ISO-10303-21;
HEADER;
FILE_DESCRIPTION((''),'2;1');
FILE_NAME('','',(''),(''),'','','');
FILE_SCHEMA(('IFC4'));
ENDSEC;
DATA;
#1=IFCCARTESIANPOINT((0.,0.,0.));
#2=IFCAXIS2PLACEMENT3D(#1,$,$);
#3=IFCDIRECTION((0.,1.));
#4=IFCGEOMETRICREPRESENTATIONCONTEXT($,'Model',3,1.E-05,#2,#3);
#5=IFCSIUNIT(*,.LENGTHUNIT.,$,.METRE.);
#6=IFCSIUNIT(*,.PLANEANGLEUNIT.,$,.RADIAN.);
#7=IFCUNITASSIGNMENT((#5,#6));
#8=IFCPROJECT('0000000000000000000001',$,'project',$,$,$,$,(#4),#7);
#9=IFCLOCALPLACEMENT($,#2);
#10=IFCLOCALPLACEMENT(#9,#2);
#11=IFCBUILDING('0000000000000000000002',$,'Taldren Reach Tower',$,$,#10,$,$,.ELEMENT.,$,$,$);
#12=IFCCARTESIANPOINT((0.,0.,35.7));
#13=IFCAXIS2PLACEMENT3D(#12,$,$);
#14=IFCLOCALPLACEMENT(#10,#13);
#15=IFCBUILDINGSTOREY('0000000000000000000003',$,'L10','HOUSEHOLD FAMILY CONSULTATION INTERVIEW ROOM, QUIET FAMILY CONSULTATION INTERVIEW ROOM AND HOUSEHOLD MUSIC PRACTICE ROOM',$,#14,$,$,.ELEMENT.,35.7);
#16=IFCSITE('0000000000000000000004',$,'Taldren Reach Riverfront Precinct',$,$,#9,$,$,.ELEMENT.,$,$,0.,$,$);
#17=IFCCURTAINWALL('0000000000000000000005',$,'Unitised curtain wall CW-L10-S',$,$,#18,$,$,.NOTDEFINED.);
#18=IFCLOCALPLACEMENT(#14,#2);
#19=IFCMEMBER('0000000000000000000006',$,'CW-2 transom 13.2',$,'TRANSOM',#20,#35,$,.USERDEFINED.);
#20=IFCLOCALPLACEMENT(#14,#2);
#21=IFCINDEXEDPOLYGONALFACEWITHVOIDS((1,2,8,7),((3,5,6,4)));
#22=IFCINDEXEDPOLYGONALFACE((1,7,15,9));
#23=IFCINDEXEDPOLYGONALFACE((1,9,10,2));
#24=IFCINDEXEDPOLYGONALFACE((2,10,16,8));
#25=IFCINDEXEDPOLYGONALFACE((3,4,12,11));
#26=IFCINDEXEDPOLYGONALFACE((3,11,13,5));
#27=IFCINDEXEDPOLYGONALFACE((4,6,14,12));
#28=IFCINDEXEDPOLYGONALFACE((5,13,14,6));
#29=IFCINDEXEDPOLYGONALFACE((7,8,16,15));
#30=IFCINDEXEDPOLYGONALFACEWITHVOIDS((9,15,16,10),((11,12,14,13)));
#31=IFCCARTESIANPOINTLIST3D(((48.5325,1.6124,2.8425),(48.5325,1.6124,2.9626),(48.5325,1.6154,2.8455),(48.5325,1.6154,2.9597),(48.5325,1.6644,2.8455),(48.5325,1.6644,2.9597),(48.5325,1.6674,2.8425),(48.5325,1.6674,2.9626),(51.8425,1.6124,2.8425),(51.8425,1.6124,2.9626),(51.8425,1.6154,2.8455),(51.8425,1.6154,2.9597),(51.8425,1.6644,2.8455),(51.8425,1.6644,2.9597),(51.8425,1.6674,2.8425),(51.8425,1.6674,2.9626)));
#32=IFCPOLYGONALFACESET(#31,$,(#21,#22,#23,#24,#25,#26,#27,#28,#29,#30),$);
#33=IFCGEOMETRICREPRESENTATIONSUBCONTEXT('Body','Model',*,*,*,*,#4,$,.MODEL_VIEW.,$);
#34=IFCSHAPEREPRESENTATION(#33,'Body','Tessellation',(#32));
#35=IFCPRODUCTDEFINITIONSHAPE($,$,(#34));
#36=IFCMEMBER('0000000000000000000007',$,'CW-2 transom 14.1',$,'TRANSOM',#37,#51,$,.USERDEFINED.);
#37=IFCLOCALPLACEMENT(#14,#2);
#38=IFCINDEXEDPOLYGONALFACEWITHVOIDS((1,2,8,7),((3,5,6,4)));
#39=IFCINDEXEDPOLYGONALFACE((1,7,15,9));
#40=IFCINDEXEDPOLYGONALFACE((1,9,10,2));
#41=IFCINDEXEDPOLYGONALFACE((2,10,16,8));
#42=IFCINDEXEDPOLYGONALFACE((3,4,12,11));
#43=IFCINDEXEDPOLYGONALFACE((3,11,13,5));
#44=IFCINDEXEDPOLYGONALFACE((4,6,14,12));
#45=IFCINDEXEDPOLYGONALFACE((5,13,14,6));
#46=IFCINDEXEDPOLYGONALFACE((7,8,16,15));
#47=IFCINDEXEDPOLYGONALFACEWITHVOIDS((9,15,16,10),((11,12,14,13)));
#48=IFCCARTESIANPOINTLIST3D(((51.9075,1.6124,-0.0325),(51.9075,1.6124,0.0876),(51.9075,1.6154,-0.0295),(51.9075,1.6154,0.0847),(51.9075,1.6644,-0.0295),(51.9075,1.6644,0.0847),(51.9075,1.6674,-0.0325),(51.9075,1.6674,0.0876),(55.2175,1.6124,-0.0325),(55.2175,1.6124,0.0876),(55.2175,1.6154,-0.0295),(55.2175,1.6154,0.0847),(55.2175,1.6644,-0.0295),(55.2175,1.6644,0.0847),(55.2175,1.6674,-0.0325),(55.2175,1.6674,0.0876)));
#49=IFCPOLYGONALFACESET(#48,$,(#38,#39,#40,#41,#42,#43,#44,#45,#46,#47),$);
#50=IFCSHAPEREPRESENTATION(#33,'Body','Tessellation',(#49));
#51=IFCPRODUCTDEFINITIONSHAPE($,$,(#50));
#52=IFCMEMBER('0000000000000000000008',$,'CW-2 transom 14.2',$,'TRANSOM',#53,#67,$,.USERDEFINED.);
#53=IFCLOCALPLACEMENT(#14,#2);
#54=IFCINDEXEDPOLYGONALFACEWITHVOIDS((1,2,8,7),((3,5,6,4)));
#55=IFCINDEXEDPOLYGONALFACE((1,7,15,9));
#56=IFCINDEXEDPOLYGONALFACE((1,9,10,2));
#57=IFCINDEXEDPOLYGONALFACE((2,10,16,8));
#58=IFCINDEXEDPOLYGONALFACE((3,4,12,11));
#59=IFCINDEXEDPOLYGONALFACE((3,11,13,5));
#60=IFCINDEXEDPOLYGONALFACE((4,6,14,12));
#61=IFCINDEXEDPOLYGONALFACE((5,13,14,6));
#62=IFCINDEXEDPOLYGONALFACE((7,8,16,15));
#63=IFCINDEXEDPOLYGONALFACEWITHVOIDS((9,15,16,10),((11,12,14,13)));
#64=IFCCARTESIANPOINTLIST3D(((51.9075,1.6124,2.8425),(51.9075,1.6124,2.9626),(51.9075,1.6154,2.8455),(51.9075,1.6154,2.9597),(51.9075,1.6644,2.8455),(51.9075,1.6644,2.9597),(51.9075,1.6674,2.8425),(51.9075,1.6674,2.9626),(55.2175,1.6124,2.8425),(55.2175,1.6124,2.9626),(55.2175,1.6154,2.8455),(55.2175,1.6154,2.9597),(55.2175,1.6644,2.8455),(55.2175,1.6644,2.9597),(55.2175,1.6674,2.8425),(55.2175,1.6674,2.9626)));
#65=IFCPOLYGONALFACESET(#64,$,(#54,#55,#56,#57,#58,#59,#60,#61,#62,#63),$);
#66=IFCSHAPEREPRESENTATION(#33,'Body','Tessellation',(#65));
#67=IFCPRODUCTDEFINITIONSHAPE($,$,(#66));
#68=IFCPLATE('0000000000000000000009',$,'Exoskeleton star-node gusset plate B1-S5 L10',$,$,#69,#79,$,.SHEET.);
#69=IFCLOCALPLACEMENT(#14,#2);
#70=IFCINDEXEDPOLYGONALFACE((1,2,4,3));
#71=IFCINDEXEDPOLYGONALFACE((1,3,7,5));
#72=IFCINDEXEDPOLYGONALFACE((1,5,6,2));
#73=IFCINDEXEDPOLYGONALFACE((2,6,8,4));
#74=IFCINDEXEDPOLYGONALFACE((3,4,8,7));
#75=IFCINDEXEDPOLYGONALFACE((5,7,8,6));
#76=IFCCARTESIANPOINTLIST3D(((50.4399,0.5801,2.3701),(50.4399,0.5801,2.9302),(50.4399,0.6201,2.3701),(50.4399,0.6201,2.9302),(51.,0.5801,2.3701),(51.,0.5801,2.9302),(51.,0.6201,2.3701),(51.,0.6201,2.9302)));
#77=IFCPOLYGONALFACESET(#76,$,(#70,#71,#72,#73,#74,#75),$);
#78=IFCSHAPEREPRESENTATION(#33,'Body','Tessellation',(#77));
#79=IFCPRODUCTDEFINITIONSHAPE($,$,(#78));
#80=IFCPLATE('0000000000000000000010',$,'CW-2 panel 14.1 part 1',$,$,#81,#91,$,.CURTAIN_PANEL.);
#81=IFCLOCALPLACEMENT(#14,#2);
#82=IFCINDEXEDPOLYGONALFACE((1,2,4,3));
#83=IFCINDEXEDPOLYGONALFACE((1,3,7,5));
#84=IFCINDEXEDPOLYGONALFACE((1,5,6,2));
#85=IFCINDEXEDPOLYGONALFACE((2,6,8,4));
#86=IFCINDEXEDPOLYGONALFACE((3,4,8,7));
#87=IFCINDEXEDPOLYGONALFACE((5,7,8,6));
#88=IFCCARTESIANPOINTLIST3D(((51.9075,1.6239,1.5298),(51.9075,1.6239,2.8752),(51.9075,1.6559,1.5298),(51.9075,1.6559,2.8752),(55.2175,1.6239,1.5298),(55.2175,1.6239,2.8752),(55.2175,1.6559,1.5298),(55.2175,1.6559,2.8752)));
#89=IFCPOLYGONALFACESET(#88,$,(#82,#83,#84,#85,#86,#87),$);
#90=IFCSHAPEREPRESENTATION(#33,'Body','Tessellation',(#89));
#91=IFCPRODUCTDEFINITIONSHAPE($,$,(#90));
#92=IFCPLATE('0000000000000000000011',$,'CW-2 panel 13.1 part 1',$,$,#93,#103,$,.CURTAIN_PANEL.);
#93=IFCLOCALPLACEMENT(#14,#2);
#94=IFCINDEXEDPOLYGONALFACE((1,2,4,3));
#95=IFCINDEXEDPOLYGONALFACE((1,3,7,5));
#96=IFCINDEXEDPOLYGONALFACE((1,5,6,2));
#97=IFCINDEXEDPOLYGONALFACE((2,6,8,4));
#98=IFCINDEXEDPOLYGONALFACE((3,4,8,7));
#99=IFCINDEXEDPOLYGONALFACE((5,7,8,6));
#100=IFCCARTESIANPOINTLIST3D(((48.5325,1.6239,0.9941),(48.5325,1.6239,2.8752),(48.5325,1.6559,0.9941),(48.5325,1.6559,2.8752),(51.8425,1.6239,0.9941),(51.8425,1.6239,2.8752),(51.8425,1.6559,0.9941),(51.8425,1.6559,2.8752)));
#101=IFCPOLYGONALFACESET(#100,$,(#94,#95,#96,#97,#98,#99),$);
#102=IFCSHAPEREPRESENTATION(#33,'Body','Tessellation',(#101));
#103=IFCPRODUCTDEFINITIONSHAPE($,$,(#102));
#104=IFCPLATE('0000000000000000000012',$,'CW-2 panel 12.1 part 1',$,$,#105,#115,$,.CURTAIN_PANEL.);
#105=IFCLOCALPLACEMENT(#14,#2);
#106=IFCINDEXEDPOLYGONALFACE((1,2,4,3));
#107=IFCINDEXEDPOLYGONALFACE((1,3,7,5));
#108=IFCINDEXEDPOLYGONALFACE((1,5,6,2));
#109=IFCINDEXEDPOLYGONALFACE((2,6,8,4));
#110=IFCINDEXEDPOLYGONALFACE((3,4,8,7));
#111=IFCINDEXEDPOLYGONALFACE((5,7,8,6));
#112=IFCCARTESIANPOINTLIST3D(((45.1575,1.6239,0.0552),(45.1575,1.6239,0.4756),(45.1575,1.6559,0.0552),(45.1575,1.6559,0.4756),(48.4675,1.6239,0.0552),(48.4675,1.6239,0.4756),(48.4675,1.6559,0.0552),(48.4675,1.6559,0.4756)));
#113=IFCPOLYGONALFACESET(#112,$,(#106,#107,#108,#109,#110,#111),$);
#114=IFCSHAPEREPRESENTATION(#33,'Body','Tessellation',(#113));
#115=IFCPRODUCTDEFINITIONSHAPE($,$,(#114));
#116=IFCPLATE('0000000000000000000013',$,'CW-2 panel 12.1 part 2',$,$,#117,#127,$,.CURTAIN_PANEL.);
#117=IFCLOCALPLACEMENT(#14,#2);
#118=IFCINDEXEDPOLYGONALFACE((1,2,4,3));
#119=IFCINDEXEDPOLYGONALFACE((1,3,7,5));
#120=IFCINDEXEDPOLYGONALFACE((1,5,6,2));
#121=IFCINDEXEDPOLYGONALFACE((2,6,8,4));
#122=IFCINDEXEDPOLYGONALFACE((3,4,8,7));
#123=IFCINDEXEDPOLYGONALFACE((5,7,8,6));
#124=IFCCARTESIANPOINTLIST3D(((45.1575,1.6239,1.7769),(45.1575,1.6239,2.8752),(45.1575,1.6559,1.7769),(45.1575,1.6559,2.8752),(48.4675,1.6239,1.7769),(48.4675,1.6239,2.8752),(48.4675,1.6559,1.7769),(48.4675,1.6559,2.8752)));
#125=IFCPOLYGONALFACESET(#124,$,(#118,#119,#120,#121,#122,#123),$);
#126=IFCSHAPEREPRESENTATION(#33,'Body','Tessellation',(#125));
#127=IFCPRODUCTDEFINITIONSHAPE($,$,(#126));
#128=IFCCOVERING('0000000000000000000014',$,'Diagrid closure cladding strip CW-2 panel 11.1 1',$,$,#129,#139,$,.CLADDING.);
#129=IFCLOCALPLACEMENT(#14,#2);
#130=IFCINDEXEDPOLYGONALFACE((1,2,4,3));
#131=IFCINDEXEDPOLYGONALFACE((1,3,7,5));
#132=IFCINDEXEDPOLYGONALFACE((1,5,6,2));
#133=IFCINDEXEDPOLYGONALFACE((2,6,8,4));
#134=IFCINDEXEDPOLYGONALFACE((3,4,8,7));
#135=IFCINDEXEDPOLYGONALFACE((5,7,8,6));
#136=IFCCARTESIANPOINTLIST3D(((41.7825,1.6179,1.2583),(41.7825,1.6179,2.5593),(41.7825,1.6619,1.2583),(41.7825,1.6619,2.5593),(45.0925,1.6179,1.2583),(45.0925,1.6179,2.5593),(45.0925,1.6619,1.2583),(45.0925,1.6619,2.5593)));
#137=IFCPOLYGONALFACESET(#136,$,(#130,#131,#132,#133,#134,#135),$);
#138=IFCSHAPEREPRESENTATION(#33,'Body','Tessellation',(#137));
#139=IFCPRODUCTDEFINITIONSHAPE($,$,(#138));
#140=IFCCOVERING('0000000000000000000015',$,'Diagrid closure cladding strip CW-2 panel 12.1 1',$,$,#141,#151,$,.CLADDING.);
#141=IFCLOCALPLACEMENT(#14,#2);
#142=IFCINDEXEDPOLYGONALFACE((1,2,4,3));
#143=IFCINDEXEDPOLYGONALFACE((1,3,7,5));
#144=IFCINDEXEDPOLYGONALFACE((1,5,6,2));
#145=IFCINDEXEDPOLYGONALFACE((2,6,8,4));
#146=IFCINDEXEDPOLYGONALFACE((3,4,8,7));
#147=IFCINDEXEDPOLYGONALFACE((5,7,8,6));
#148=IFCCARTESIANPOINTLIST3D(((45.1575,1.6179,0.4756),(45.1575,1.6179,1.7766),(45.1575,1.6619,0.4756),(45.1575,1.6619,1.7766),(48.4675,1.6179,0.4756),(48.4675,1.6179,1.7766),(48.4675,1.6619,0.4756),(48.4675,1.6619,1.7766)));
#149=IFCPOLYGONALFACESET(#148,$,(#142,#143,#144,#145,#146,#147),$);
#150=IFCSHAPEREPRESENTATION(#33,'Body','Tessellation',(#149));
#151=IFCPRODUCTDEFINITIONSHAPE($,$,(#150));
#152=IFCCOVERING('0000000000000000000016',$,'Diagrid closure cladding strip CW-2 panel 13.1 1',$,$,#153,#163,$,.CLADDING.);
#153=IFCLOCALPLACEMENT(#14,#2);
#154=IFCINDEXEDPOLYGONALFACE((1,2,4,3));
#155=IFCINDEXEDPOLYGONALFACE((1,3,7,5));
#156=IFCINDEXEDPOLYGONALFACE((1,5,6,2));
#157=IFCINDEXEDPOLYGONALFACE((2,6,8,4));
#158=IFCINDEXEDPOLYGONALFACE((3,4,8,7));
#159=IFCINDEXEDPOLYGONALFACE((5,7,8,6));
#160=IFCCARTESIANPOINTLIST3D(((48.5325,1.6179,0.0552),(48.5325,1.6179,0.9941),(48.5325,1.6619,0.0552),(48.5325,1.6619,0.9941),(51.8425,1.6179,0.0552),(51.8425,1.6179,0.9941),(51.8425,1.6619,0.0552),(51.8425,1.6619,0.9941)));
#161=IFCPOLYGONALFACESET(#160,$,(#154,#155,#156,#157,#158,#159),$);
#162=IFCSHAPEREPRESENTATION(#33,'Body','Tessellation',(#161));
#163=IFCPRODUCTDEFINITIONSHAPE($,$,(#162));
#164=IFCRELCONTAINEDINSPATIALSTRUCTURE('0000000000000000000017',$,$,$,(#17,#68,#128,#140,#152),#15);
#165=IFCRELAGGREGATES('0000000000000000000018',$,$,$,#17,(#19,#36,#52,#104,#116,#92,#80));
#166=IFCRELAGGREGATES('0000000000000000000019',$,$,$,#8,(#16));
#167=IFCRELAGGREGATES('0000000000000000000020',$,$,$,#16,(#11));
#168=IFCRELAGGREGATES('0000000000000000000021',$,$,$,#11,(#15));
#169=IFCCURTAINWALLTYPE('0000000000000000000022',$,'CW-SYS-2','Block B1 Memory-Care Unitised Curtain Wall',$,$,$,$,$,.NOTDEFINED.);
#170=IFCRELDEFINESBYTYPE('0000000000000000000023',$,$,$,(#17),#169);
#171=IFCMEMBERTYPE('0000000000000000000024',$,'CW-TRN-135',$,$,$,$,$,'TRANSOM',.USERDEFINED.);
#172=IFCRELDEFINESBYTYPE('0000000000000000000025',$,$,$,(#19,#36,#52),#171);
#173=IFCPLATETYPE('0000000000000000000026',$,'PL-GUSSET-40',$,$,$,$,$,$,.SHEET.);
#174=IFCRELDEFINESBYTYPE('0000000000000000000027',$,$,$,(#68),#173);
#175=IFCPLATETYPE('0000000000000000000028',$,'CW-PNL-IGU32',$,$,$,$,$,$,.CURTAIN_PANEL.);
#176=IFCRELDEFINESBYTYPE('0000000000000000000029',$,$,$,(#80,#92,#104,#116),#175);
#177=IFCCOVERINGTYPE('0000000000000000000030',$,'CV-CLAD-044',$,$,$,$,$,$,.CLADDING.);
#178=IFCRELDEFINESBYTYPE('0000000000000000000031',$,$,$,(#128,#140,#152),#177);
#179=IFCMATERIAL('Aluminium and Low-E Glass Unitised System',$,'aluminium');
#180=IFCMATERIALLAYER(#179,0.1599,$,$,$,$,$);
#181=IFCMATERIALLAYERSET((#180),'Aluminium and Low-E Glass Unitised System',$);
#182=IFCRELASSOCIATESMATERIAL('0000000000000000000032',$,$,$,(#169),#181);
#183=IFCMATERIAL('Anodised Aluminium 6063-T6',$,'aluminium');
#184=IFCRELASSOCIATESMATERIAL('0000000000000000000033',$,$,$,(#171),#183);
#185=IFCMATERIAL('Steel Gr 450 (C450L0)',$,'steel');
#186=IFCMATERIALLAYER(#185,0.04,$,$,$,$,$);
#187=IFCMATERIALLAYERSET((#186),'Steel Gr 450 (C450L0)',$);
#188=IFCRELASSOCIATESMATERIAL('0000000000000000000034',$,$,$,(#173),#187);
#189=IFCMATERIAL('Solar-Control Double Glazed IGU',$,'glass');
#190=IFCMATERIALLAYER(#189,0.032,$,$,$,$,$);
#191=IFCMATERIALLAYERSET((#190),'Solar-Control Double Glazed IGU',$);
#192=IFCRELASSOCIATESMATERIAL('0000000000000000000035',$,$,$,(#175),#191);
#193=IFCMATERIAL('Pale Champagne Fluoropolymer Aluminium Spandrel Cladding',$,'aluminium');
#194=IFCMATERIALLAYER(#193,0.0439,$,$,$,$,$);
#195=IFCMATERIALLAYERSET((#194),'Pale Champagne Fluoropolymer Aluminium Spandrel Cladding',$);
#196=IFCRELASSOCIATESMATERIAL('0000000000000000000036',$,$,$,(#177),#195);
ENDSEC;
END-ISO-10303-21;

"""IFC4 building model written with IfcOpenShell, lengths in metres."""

from ifc_helpers import new_model, si_unit, direction, frame, origin, origin_2d, place, context, subcontext, project, spatial, rectangle, hollow_rectangle, extrude, source, transform, mapped, material, layer, layer_set, material_profile, profile_set, type_object, element, aggregate, save


model = new_model("IFC4")

# Units and contexts
model_context = context("Model", 3, precision=1e-05, world=origin(), true_north=direction((0.0, 1.0)))
body_context = subcontext(model_context, "Body", "Model", "MODEL_VIEW")
ifc_project = project(units=[si_unit("LENGTHUNIT", "METRE"), si_unit("PLANEANGLEUNIT", "RADIAN")], contexts=[model_context])

# Site, building, storey
site_placement = place(None, origin())
site = spatial("IfcSite", under=ifc_project, at=site_placement, Name="Taldren Reach Riverfront Precinct", CompositionType="ELEMENT", RefElevation=0.0)
building_placement = place(site_placement, origin())
building = spatial("IfcBuilding", under=site, at=building_placement, Name="Taldren Reach Tower", CompositionType="ELEMENT")
storey_placement = place(building_placement, frame((0.0, 0.0, 35.7)))
storey = spatial("IfcBuildingStorey", under=building, at=storey_placement, Name="L10", Description="HOUSEHOLD FAMILY CONSULTATION INTERVIEW ROOM, QUIET FAMILY CONSULTATION INTERVIEW ROOM AND HOUSEHOLD MUSIC PRACTICE ROOM", CompositionType="ELEMENT", Elevation=35.7)

# Shared definitions
ifc_material_1 = material(Name="Steel Gr 450 (C450L0)", Category="steel")

# Curtain wall, members
ifc_material_2 = material(Name="Aluminium and Low-E Glass Unitised System", Category="aluminium")
ifc_layer_1 = layer(ifc_material_2, 0.1599)
ifc_layer_set_1 = layer_set([ifc_layer_1], Name="Aluminium and Low-E Glass Unitised System")
curtain_wall_type = type_object("IfcCurtainWallType", Name="CW-SYS-2", Description="Block B1 Memory-Care Unitised Curtain Wall", PredefinedType="NOTDEFINED", material=ifc_layer_set_1)
curtain_wall_placement = place(storey_placement, origin())
curtain_wall = element("IfcCurtainWall", 1, at=curtain_wall_placement, inside=storey, type_object=curtain_wall_type, Name="Unitised curtain wall CW-L10-S", PredefinedType="NOTDEFINED")
ifc_material_3 = material(Name="Anodised Aluminium 6063-T6", Category="aluminium")
ifc_material_profile_1 = material_profile(ifc_material_3, hollow_rectangle(XDim=0.0549, YDim=0.1201, WallThickness=0.0029, at=origin_2d()), Name="ALU-120x55x3RHS")
ifc_profile_set_1 = profile_set([ifc_material_profile_1], Name="Anodised Aluminium 6063-T6")
member_type_1 = type_object("IfcMemberType", Name="CW-TRN-135", ElementType="TRANSOM", PredefinedType="USERDEFINED", material=ifc_profile_set_1)
shared_shape_1 = source(origin(), body_context, "Body", "SweptSolid", [
    extrude(hollow_rectangle(XDim=0.0549, YDim=0.1201, WallThickness=0.0029, at=origin_2d()), origin(), (0.0, 0.0, 1.0), 3.3101),
])
member_1_placement = place(storey_placement, frame((48.5325, 1.6399, 2.9026), z_axis=(1.0, 0.0, 0.0), x_axis=(0.0, 1.0, 0.0)))
member_1 = element("IfcMember", 2, at=member_1_placement, type_object=member_type_1, Name="CW-2 transom 13.2", ObjectType="TRANSOM", PredefinedType="USERDEFINED", context=body_context, shape_type="MappedRepresentation", body=[
    mapped(shared_shape_1, transform((0.0, 0.0, 0.0), scale=1.0)),
])
member_2_placement = place(storey_placement, frame((51.9075, 1.6399, 0.0276), z_axis=(1.0, 0.0, 0.0), x_axis=(0.0, 1.0, 0.0)))
member_2 = element("IfcMember", 3, at=member_2_placement, type_object=member_type_1, Name="CW-2 transom 14.1", ObjectType="TRANSOM", PredefinedType="USERDEFINED", context=body_context, shape_type="MappedRepresentation", body=[
    mapped(shared_shape_1, transform((0.0, 0.0, 0.0), scale=1.0)),
])
member_3_placement = place(storey_placement, frame((51.9075, 1.6399, 2.9026), z_axis=(1.0, 0.0, 0.0), x_axis=(0.0, 1.0, 0.0)))
member_3 = element("IfcMember", 4, at=member_3_placement, type_object=member_type_1, Name="CW-2 transom 14.2", ObjectType="TRANSOM", PredefinedType="USERDEFINED", context=body_context, shape_type="MappedRepresentation", body=[
    mapped(shared_shape_1, transform((0.0, 0.0, 0.0), scale=1.0)),
])

# Plates
ifc_layer_2 = layer(ifc_material_1, 0.04)
ifc_layer_set_2 = layer_set([ifc_layer_2], Name="Steel Gr 450 (C450L0)")
plate_type_1 = type_object("IfcPlateType", Name="PL-GUSSET-40", PredefinedType="SHEET", material=ifc_layer_set_2)
shared_shape_2 = source(origin(), body_context, "Body", "SweptSolid", [
    extrude(rectangle(XDim=0.5601, YDim=0.04, at=origin_2d()), origin(), (0.0, 0.0, 1.0), 0.5601),
])
plate_1_placement = place(storey_placement, frame((50.72, 0.6001, 2.3701), z_axis=(0.0, 0.0, 1.0), x_axis=(1.0, 0.0, 0.0)))
element("IfcPlate", 5, at=plate_1_placement, inside=storey, type_object=plate_type_1, Name="Exoskeleton star-node gusset plate B1-S5 L10", PredefinedType="SHEET", context=body_context, shape_type="MappedRepresentation", body=[
    mapped(shared_shape_2, transform((0.0, 0.0, 0.0), scale=1.0)),
])
ifc_material_4 = material(Name="Solar-Control Double Glazed IGU", Category="glass")
ifc_layer_3 = layer(ifc_material_4, 0.032)
ifc_layer_set_3 = layer_set([ifc_layer_3], Name="Solar-Control Double Glazed IGU")
plate_type_2 = type_object("IfcPlateType", Name="CW-PNL-IGU32", PredefinedType="CURTAIN_PANEL", material=ifc_layer_set_3)
shared_shape_3 = source(origin(), body_context, "Body", "SweptSolid", [
    extrude(rectangle(XDim=3.3101, YDim=0.032, at=origin_2d()), origin(), (0.0, 0.0, 1.0), 1.3455),
])
plate_2_placement = place(storey_placement, frame((53.5625, 1.6399, 1.5298), z_axis=(0.0, 0.0, 1.0), x_axis=(1.0, 0.0, 0.0)))
plate_2 = element("IfcPlate", 6, at=plate_2_placement, type_object=plate_type_2, Name="CW-2 panel 14.1 part 1", PredefinedType="CURTAIN_PANEL", context=body_context, shape_type="MappedRepresentation", body=[
    mapped(shared_shape_3, transform((0.0, 0.0, 0.0), scale=1.0)),
])
shared_shape_4 = source(origin(), body_context, "Body", "SweptSolid", [
    extrude(rectangle(XDim=3.3101, YDim=0.032, at=origin_2d()), origin(), (0.0, 0.0, 1.0), 1.8811),
])
plate_3_placement = place(storey_placement, frame((50.1875, 1.6399, 0.9941), z_axis=(0.0, 0.0, 1.0), x_axis=(1.0, 0.0, 0.0)))
plate_3 = element("IfcPlate", 7, at=plate_3_placement, type_object=plate_type_2, Name="CW-2 panel 13.1 part 1", PredefinedType="CURTAIN_PANEL", context=body_context, shape_type="MappedRepresentation", body=[
    mapped(shared_shape_4, transform((0.0, 0.0, 0.0), scale=1.0)),
])
shared_shape_5 = source(origin(), body_context, "Body", "SweptSolid", [
    extrude(rectangle(XDim=3.3101, YDim=0.032, at=origin_2d()), origin(), (0.0, 0.0, 1.0), 0.4204),
])
plate_4_placement = place(storey_placement, frame((46.8125, 1.6399, 0.0552), z_axis=(0.0, 0.0, 1.0), x_axis=(1.0, 0.0, 0.0)))
plate_4 = element("IfcPlate", 8, at=plate_4_placement, type_object=plate_type_2, Name="CW-2 panel 12.1 part 1", PredefinedType="CURTAIN_PANEL", context=body_context, shape_type="MappedRepresentation", body=[
    mapped(shared_shape_5, transform((0.0, 0.0, 0.0), scale=1.0)),
])
shared_shape_6 = source(origin(), body_context, "Body", "SweptSolid", [
    extrude(rectangle(XDim=3.3101, YDim=0.032, at=origin_2d()), origin(), (0.0, 0.0, 1.0), 1.0984),
])
plate_5_placement = place(storey_placement, frame((46.8125, 1.6399, 1.7769), z_axis=(0.0, 0.0, 1.0), x_axis=(1.0, 0.0, 0.0)))
plate_5 = element("IfcPlate", 9, at=plate_5_placement, type_object=plate_type_2, Name="CW-2 panel 12.1 part 2", PredefinedType="CURTAIN_PANEL", context=body_context, shape_type="MappedRepresentation", body=[
    mapped(shared_shape_6, transform((0.0, 0.0, 0.0), scale=1.0)),
])
aggregate(curtain_wall, [member_1, member_2, member_3, plate_4, plate_5, plate_3, plate_2])

# Coverings
ifc_material_5 = material(Name="Pale Champagne Fluoropolymer Aluminium Spandrel Cladding", Category="aluminium")
ifc_layer_4 = layer(ifc_material_5, 0.0439)
ifc_layer_set_4 = layer_set([ifc_layer_4], Name="Pale Champagne Fluoropolymer Aluminium Spandrel Cladding")
covering_type = type_object("IfcCoveringType", Name="CV-CLAD-044", PredefinedType="CLADDING", material=ifc_layer_set_4)
shared_shape_7 = source(origin(), body_context, "Body", "SweptSolid", [
    extrude(rectangle(XDim=3.3101, YDim=0.0439, at=origin_2d()), origin(), (0.0, 0.0, 1.0), 1.301),
])
for number, where, z_axis, x_axis, name in (
    (10, (43.4375, 1.6399, 1.2583), (0.0, 0.0, 1.0), (1.0, 0.0, 0.0), "Diagrid closure cladding strip CW-2 panel 11.1 1"),
    (11, (46.8125, 1.6399, 0.4756), (0.0, 0.0, 1.0), (1.0, 0.0, 0.0), "Diagrid closure cladding strip CW-2 panel 12.1 1"),
):
    element("IfcCovering", number, at=place(storey_placement, frame(where, z_axis=z_axis, x_axis=x_axis)), inside=storey, type_object=covering_type, Name=name, PredefinedType="CLADDING", context=body_context, shape_type="MappedRepresentation", body=[
        mapped(shared_shape_7, transform((0.0, 0.0, 0.0), scale=1.0)),
    ])
shared_shape_8 = source(origin(), body_context, "Body", "SweptSolid", [
    extrude(rectangle(XDim=3.3101, YDim=0.0439, at=origin_2d()), origin(), (0.0, 0.0, 1.0), 0.939),
])
covering_placement = place(storey_placement, frame((50.1875, 1.6399, 0.0552), z_axis=(0.0, 0.0, 1.0), x_axis=(1.0, 0.0, 0.0)))
element("IfcCovering", 12, at=covering_placement, inside=storey, type_object=covering_type, Name="Diagrid closure cladding strip CW-2 panel 13.1 1", PredefinedType="CLADDING", context=body_context, shape_type="MappedRepresentation", body=[
    mapped(shared_shape_8, transform((0.0, 0.0, 0.0), scale=1.0)),
])

save(model, "model.ifc")
